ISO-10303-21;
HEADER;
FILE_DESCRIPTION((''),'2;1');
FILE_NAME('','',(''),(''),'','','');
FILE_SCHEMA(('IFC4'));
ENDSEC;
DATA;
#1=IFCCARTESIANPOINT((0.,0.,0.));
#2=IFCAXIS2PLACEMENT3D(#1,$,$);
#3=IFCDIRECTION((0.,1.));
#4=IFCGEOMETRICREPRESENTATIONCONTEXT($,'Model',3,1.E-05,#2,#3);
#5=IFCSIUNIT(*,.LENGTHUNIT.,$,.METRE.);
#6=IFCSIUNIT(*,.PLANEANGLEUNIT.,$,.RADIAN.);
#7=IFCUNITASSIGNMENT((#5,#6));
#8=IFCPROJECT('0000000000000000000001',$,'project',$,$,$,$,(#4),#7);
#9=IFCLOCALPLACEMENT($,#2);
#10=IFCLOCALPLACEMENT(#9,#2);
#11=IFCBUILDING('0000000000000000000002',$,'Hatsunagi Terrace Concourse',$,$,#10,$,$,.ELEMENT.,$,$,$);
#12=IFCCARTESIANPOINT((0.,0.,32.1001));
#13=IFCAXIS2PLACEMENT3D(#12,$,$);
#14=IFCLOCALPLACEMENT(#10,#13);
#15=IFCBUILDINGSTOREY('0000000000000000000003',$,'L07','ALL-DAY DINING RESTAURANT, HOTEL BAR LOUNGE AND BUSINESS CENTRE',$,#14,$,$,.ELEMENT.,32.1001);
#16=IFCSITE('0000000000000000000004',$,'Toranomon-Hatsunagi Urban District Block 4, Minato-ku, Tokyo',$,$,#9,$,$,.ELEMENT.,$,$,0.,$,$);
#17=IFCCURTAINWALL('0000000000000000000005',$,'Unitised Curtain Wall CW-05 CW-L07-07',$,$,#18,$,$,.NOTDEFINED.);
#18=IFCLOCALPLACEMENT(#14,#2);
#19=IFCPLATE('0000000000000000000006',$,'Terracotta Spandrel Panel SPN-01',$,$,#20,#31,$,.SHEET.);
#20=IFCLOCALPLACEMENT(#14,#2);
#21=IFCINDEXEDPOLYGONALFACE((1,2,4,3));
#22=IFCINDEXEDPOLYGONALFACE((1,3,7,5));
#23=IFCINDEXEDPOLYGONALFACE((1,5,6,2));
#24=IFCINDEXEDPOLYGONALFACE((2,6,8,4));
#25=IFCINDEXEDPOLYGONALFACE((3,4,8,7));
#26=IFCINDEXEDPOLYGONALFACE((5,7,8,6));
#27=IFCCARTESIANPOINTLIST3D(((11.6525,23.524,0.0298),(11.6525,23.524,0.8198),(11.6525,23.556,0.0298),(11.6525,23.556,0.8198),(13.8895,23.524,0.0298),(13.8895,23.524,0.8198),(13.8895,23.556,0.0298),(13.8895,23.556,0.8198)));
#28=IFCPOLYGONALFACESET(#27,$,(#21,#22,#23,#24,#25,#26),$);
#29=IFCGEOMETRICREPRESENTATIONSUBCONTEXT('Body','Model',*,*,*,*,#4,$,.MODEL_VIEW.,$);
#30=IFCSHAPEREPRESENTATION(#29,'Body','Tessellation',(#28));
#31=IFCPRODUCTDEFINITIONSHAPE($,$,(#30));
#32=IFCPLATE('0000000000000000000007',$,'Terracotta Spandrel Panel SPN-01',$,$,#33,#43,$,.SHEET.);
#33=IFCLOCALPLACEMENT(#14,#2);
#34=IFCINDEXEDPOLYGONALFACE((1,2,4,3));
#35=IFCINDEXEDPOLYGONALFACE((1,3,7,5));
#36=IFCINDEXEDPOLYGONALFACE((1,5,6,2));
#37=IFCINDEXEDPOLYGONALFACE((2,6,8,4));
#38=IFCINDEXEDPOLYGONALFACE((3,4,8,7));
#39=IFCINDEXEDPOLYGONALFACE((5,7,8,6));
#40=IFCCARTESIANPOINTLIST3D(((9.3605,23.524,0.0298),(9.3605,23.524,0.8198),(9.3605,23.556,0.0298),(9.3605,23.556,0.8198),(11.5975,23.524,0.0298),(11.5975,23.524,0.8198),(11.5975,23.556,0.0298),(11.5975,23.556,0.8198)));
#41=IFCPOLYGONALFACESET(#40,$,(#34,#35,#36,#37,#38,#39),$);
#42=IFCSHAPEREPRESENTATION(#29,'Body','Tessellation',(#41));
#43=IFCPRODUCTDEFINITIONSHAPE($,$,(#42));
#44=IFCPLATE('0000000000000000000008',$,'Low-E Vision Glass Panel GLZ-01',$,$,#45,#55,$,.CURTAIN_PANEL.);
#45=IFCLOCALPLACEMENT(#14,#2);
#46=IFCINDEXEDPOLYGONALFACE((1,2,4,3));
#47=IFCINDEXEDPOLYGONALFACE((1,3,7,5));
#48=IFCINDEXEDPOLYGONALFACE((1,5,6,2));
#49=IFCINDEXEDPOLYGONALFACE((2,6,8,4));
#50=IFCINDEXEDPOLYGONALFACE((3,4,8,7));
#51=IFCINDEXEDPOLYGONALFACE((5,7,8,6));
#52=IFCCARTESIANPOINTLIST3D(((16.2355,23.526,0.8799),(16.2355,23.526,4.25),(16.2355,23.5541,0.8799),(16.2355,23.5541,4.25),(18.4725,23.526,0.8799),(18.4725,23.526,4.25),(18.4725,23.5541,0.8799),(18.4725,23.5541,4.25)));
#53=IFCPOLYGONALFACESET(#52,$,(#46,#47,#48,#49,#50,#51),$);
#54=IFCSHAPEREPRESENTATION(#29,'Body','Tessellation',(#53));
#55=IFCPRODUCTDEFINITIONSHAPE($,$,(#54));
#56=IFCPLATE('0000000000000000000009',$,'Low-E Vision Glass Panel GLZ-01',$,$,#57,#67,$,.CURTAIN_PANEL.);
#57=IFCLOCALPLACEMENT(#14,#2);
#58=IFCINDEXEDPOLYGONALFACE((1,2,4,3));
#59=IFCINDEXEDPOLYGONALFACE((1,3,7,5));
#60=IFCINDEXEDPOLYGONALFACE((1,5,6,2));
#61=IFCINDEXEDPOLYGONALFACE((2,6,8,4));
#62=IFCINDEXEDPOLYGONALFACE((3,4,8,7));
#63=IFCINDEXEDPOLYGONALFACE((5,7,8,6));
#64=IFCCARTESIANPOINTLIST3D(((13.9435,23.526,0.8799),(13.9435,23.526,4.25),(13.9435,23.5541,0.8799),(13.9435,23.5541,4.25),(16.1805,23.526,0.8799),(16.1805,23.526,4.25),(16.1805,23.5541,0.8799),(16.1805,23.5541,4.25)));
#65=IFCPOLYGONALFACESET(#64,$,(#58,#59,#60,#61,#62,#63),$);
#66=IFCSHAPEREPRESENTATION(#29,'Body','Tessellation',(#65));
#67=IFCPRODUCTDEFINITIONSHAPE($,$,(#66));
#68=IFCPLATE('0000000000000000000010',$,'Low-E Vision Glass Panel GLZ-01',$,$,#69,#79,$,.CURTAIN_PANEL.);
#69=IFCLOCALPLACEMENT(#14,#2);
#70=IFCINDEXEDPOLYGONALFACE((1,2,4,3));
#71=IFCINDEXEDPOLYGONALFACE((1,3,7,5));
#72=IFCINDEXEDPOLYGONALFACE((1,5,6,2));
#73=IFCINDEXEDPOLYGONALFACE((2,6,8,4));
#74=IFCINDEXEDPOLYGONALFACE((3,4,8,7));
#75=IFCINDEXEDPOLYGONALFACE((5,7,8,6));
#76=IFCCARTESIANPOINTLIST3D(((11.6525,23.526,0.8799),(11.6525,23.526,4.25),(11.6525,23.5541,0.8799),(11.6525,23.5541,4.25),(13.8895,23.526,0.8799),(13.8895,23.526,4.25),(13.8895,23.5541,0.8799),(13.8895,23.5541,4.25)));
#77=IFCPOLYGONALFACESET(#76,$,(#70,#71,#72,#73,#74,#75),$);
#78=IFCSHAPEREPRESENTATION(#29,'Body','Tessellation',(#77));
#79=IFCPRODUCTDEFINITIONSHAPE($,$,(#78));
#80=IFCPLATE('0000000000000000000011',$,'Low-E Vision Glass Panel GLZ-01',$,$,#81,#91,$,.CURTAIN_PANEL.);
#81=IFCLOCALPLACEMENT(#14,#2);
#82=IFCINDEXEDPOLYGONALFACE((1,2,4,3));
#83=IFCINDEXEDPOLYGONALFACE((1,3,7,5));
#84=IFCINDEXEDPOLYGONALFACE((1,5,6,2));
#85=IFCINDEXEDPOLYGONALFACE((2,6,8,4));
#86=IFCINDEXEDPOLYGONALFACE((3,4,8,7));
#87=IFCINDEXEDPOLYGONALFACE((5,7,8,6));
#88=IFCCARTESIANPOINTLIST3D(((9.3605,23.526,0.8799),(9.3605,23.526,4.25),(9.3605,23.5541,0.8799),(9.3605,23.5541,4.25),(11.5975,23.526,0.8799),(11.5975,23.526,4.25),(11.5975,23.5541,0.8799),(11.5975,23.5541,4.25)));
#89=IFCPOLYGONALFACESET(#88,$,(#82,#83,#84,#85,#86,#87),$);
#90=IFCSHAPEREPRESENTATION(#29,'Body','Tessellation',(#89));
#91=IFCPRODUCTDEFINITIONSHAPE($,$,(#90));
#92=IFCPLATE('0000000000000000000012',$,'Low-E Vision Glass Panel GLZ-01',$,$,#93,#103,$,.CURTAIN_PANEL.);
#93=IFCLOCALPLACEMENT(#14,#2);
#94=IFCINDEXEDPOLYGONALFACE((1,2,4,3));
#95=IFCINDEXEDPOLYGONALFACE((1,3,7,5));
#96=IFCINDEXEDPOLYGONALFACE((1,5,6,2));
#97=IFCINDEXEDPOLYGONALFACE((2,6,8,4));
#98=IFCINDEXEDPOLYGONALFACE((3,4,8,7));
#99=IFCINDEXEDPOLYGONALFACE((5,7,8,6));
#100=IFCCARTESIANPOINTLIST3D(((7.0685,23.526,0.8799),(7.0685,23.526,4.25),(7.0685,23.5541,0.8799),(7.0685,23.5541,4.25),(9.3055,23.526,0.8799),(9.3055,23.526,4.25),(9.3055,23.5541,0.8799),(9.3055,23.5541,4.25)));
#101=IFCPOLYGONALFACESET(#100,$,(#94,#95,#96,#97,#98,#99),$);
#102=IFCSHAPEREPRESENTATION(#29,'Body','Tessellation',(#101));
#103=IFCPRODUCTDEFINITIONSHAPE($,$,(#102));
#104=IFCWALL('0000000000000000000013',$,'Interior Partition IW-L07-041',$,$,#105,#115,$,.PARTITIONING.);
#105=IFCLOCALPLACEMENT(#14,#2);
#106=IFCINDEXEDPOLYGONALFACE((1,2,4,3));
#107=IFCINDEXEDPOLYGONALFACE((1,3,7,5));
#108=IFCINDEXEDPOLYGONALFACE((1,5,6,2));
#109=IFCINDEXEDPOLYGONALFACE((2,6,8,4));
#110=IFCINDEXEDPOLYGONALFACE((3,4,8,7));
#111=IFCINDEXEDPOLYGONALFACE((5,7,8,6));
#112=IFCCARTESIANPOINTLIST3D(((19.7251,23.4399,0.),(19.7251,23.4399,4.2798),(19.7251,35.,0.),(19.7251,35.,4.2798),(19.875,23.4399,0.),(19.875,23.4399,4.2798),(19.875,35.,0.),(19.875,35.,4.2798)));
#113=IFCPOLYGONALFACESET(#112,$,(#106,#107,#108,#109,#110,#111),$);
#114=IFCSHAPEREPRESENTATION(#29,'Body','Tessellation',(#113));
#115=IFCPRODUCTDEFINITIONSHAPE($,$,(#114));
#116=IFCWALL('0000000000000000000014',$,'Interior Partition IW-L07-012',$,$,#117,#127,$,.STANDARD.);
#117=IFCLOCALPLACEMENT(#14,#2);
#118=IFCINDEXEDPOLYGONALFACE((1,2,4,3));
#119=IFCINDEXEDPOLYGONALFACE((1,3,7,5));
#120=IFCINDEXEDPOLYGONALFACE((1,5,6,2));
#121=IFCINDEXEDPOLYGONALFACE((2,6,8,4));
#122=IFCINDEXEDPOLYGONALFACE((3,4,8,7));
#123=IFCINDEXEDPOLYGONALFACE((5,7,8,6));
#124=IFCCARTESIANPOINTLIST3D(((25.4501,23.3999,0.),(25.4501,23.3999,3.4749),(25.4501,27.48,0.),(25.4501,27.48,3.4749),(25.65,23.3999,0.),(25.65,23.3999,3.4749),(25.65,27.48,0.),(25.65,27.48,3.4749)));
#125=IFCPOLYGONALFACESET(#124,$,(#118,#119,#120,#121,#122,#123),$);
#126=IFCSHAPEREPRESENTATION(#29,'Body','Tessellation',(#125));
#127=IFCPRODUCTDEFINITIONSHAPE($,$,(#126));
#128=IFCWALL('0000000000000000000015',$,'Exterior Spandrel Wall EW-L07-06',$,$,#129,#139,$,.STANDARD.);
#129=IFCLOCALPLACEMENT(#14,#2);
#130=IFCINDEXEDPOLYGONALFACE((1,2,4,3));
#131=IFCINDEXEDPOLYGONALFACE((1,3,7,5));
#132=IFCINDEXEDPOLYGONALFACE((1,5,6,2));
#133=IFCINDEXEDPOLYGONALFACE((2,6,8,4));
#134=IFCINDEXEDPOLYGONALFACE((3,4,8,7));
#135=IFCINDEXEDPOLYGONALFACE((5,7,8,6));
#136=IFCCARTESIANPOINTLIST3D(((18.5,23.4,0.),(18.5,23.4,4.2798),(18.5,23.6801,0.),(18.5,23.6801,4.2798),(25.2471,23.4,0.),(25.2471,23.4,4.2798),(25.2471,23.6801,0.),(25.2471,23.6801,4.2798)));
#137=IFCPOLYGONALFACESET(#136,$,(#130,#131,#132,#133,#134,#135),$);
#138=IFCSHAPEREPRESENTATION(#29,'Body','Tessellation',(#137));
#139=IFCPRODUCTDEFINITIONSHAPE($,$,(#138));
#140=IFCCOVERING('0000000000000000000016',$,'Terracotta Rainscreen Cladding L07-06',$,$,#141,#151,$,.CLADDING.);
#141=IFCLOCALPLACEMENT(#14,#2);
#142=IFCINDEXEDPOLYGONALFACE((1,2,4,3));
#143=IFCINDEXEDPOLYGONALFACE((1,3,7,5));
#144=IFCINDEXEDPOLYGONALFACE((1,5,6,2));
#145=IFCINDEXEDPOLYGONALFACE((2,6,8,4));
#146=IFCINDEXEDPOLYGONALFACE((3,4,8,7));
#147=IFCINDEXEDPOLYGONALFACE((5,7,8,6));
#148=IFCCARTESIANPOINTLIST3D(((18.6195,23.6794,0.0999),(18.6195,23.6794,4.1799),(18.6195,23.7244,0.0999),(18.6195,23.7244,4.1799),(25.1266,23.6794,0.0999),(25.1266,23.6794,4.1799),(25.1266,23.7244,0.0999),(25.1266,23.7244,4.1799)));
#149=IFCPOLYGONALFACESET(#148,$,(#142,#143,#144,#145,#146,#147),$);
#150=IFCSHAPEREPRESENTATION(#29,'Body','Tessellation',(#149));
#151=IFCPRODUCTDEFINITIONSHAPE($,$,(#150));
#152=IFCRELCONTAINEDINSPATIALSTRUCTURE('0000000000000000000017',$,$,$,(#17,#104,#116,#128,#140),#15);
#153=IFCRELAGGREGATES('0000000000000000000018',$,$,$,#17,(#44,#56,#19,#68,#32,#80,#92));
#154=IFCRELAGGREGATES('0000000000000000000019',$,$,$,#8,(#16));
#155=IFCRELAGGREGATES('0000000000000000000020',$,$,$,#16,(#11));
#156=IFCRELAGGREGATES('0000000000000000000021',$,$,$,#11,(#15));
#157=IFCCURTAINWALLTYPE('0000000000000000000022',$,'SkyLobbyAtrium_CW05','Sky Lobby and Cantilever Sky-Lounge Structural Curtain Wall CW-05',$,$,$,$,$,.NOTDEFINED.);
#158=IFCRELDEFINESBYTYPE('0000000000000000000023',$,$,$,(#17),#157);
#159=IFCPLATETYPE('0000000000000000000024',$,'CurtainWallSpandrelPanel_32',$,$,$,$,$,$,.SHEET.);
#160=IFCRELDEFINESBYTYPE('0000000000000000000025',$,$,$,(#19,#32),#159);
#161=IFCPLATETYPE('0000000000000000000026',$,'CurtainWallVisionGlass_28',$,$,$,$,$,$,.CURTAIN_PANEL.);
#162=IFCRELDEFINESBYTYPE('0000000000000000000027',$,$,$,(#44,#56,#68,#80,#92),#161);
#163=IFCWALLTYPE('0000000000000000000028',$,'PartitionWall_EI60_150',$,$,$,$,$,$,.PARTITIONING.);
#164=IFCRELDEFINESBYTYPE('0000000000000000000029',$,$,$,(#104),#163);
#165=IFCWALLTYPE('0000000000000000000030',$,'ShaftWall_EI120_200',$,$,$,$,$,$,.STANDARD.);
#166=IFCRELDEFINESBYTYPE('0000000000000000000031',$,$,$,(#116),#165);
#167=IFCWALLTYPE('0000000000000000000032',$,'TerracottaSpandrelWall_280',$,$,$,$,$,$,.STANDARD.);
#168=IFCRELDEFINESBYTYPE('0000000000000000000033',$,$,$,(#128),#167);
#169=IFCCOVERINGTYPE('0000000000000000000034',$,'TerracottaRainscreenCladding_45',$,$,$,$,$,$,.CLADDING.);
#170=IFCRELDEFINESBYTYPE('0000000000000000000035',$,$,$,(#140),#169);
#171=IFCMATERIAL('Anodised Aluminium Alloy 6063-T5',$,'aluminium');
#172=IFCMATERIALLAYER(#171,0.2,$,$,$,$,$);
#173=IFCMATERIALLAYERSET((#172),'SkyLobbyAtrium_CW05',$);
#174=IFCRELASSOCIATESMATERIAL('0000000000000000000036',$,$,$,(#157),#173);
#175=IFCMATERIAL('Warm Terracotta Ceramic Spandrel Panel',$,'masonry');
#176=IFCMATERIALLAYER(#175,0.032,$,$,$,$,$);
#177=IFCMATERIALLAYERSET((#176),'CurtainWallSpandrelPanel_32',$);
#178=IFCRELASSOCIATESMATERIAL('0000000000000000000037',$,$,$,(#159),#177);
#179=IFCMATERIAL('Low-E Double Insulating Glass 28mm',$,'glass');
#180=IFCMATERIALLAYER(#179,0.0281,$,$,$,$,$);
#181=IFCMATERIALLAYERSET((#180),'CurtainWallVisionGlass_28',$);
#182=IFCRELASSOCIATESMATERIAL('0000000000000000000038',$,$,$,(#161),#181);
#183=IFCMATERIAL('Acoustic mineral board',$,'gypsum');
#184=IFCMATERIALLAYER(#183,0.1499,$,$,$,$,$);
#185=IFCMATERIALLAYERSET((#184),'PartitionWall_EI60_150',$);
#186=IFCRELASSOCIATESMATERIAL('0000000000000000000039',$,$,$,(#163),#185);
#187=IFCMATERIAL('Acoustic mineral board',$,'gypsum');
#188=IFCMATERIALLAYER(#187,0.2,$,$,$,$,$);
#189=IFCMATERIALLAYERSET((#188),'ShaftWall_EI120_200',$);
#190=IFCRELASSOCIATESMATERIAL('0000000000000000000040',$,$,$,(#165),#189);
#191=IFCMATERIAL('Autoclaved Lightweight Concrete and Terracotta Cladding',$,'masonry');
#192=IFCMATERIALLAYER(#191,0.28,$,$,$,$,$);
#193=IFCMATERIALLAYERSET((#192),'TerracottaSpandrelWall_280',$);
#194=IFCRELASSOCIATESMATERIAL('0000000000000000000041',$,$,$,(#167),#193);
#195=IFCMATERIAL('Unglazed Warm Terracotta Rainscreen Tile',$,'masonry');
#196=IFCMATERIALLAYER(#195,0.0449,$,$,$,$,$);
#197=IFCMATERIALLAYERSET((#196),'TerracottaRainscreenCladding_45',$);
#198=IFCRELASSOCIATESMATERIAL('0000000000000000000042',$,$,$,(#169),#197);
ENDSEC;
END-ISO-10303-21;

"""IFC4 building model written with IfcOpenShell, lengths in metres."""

from ifc_helpers import new_model, si_unit, direction, frame, frame_2d, origin, origin_2d, place, context, subcontext, project, spatial, rectangle, extrude, material, layer, layer_set, type_object, element, aggregate, save


model = new_model("IFC4")

# Units and contexts
model_context = context("Model", 3, precision=1e-05, world=origin(), true_north=direction((0.0, 1.0)))
body_context = subcontext(model_context, "Body", "Model", "MODEL_VIEW")
ifc_project = project(units=[si_unit("LENGTHUNIT", "METRE"), si_unit("PLANEANGLEUNIT", "RADIAN")], contexts=[model_context])

# Site, building, storey
site_placement = place(None, origin())
site = spatial("IfcSite", under=ifc_project, at=site_placement, Name="Toranomon-Hatsunagi Urban District Block 4, Minato-ku, Tokyo", CompositionType="ELEMENT", RefElevation=0.0)
building_placement = place(site_placement, origin())
building = spatial("IfcBuilding", under=site, at=building_placement, Name="Hatsunagi Terrace Concourse", CompositionType="ELEMENT")
storey_placement = place(building_placement, frame((0.0, 0.0, 32.1001)))
storey = spatial("IfcBuildingStorey", under=building, at=storey_placement, Name="L07", Description="ALL-DAY DINING RESTAURANT, HOTEL BAR LOUNGE AND BUSINESS CENTRE", CompositionType="ELEMENT", Elevation=32.1001)

# Curtain wall
ifc_material_1 = material(Name="Anodised Aluminium Alloy 6063-T5", Category="aluminium")
ifc_layer_1 = layer(ifc_material_1, 0.2)
ifc_layer_set_1 = layer_set([ifc_layer_1], Name="SkyLobbyAtrium_CW05")
curtain_wall_type = type_object("IfcCurtainWallType", Name="SkyLobbyAtrium_CW05", Description="Sky Lobby and Cantilever Sky-Lounge Structural Curtain Wall CW-05", PredefinedType="NOTDEFINED", material=ifc_layer_set_1)
curtain_wall_placement = place(storey_placement, origin())
curtain_wall = element("IfcCurtainWall", 1, at=curtain_wall_placement, inside=storey, type_object=curtain_wall_type, Name="Unitised Curtain Wall CW-05 CW-L07-07", PredefinedType="NOTDEFINED")

# Plates
ifc_material_2 = material(Name="Warm Terracotta Ceramic Spandrel Panel", Category="masonry")
ifc_layer_2 = layer(ifc_material_2, 0.032)
ifc_layer_set_2 = layer_set([ifc_layer_2], Name="CurtainWallSpandrelPanel_32")
plate_type_1 = type_object("IfcPlateType", Name="CurtainWallSpandrelPanel_32", PredefinedType="SHEET", material=ifc_layer_set_2)
plate_1_placement = place(storey_placement, frame((12.771, 23.54, 0.0298), z_axis=(0.0, 0.0, 1.0), x_axis=(-1.0, 0.0, 0.0)))
plate_1 = element("IfcPlate", 2, at=plate_1_placement, type_object=plate_type_1, Name="Terracotta Spandrel Panel SPN-01", PredefinedType="SHEET", context=body_context, shape_type="SweptSolid", body=[
    extrude(rectangle(XDim=2.2371, YDim=0.032, at=origin_2d()), origin(), (0.0, 0.0, 1.0), 0.79),
])
plate_2_placement = place(storey_placement, frame((10.479, 23.54, 0.0298), z_axis=(0.0, 0.0, 1.0), x_axis=(-1.0, 0.0, 0.0)))
plate_2 = element("IfcPlate", 3, at=plate_2_placement, type_object=plate_type_1, Name="Terracotta Spandrel Panel SPN-01", PredefinedType="SHEET", context=body_context, shape_type="SweptSolid", body=[
    extrude(rectangle(XDim=2.2371, YDim=0.032, at=origin_2d()), origin(), (0.0, 0.0, 1.0), 0.79),
])
ifc_material_3 = material(Name="Low-E Double Insulating Glass 28mm", Category="glass")
ifc_layer_3 = layer(ifc_material_3, 0.0281)
ifc_layer_set_3 = layer_set([ifc_layer_3], Name="CurtainWallVisionGlass_28")
plate_type_2 = type_object("IfcPlateType", Name="CurtainWallVisionGlass_28", PredefinedType="CURTAIN_PANEL", material=ifc_layer_set_3)
plate_3_placement = place(storey_placement, frame((17.354, 23.54, 0.8799), z_axis=(0.0, 0.0, 1.0), x_axis=(-1.0, 0.0, 0.0)))
plate_3 = element("IfcPlate", 4, at=plate_3_placement, type_object=plate_type_2, Name="Low-E Vision Glass Panel GLZ-01", PredefinedType="CURTAIN_PANEL", context=body_context, shape_type="SweptSolid", body=[
    extrude(rectangle(XDim=2.2371, YDim=0.0281, at=origin_2d()), origin(), (0.0, 0.0, 1.0), 3.3701),
])
plate_4_placement = place(storey_placement, frame((15.062, 23.54, 0.8799), z_axis=(0.0, 0.0, 1.0), x_axis=(-1.0, 0.0, 0.0)))
plate_4 = element("IfcPlate", 5, at=plate_4_placement, type_object=plate_type_2, Name="Low-E Vision Glass Panel GLZ-01", PredefinedType="CURTAIN_PANEL", context=body_context, shape_type="SweptSolid", body=[
    extrude(rectangle(XDim=2.2371, YDim=0.0281, at=origin_2d()), origin(), (0.0, 0.0, 1.0), 3.3701),
])
plate_5_placement = place(storey_placement, frame((12.771, 23.54, 0.8799), z_axis=(0.0, 0.0, 1.0), x_axis=(-1.0, 0.0, 0.0)))
plate_5 = element("IfcPlate", 6, at=plate_5_placement, type_object=plate_type_2, Name="Low-E Vision Glass Panel GLZ-01", PredefinedType="CURTAIN_PANEL", context=body_context, shape_type="SweptSolid", body=[
    extrude(rectangle(XDim=2.2371, YDim=0.0281, at=origin_2d()), origin(), (0.0, 0.0, 1.0), 3.3701),
])
plate_6_placement = place(storey_placement, frame((10.479, 23.54, 0.8799), z_axis=(0.0, 0.0, 1.0), x_axis=(-1.0, 0.0, 0.0)))
plate_6 = element("IfcPlate", 7, at=plate_6_placement, type_object=plate_type_2, Name="Low-E Vision Glass Panel GLZ-01", PredefinedType="CURTAIN_PANEL", context=body_context, shape_type="SweptSolid", body=[
    extrude(rectangle(XDim=2.2371, YDim=0.0281, at=origin_2d()), origin(), (0.0, 0.0, 1.0), 3.3701),
])
plate_7_placement = place(storey_placement, frame((8.187, 23.54, 0.8799), z_axis=(0.0, 0.0, 1.0), x_axis=(-1.0, 0.0, 0.0)))
plate_7 = element("IfcPlate", 8, at=plate_7_placement, type_object=plate_type_2, Name="Low-E Vision Glass Panel GLZ-01", PredefinedType="CURTAIN_PANEL", context=body_context, shape_type="SweptSolid", body=[
    extrude(rectangle(XDim=2.2371, YDim=0.0281, at=origin_2d()), origin(), (0.0, 0.0, 1.0), 3.3701),
])
aggregate(curtain_wall, [plate_3, plate_4, plate_1, plate_5, plate_2, plate_6, plate_7])

# Walls
ifc_material_4 = material(Name="Acoustic mineral board", Category="gypsum")
ifc_layer_4 = layer(ifc_material_4, 0.1499)
ifc_layer_set_4 = layer_set([ifc_layer_4], Name="PartitionWall_EI60_150")
wall_type_1 = type_object("IfcWallType", Name="PartitionWall_EI60_150", PredefinedType="PARTITIONING", material=ifc_layer_set_4)
wall_1_placement = place(storey_placement, frame((19.8, 23.4399, 0.0), z_axis=(0.0, 0.0, 1.0), x_axis=(0.0, 1.0, 0.0)))
element("IfcWall", 9, at=wall_1_placement, inside=storey, type_object=wall_type_1, Name="Interior Partition IW-L07-041", PredefinedType="PARTITIONING", context=body_context, shape_type="SweptSolid", body=[
    extrude(rectangle(XDim=11.5601, YDim=0.1499, at=frame_2d((5.78, 0.0))), origin(), (0.0, 0.0, 1.0), 4.2798),
])
ifc_material_5 = material(Name="Acoustic mineral board", Category="gypsum")
ifc_layer_5 = layer(ifc_material_5, 0.2)
ifc_layer_set_5 = layer_set([ifc_layer_5], Name="ShaftWall_EI120_200")
wall_type_2 = type_object("IfcWallType", Name="ShaftWall_EI120_200", PredefinedType="STANDARD", material=ifc_layer_set_5)
wall_2_placement = place(storey_placement, frame((25.55, 23.3999, 0.0), z_axis=(0.0, 0.0, 1.0), x_axis=(0.0, 1.0, 0.0)))
element("IfcWall", 10, at=wall_2_placement, inside=storey, type_object=wall_type_2, Name="Interior Partition IW-L07-012", PredefinedType="STANDARD", context=body_context, shape_type="SweptSolid", body=[
    extrude(rectangle(XDim=4.0801, YDim=0.2, at=frame_2d((2.04, 0.0))), origin(), (0.0, 0.0, 1.0), 3.4749),
])
ifc_material_6 = material(Name="Autoclaved Lightweight Concrete and Terracotta Cladding", Category="masonry")
ifc_layer_6 = layer(ifc_material_6, 0.28)
ifc_layer_set_6 = layer_set([ifc_layer_6], Name="TerracottaSpandrelWall_280")
wall_type_3 = type_object("IfcWallType", Name="TerracottaSpandrelWall_280", PredefinedType="STANDARD", material=ifc_layer_set_6)
wall_3_placement = place(storey_placement, frame((25.2471, 23.54, 0.0), z_axis=(0.0, 0.0, 1.0), x_axis=(-1.0, 0.0, 0.0)))
element("IfcWall", 11, at=wall_3_placement, inside=storey, type_object=wall_type_3, Name="Exterior Spandrel Wall EW-L07-06", PredefinedType="STANDARD", context=body_context, shape_type="SweptSolid", body=[
    extrude(rectangle(XDim=6.7471, YDim=0.28, at=frame_2d((3.3735, 0.0))), origin(), (0.0, 0.0, 1.0), 4.2798),
])

# Covering
ifc_material_7 = material(Name="Unglazed Warm Terracotta Rainscreen Tile", Category="masonry")
ifc_layer_7 = layer(ifc_material_7, 0.0449)
ifc_layer_set_7 = layer_set([ifc_layer_7], Name="TerracottaRainscreenCladding_45")
covering_type = type_object("IfcCoveringType", Name="TerracottaRainscreenCladding_45", PredefinedType="CLADDING", material=ifc_layer_set_7)
covering_placement = place(storey_placement, frame((21.873, 23.7019, 0.0999), z_axis=(0.0, 0.0, 1.0), x_axis=(-1.0, 0.0, 0.0)))
element("IfcCovering", 12, at=covering_placement, inside=storey, type_object=covering_type, Name="Terracotta Rainscreen Cladding L07-06", PredefinedType="CLADDING", context=body_context, shape_type="SweptSolid", body=[
    extrude(rectangle(XDim=6.5071, YDim=0.0449, at=origin_2d()), origin(), (0.0, 0.0, 1.0), 4.0801),
])

save(model, "model.ifc")
